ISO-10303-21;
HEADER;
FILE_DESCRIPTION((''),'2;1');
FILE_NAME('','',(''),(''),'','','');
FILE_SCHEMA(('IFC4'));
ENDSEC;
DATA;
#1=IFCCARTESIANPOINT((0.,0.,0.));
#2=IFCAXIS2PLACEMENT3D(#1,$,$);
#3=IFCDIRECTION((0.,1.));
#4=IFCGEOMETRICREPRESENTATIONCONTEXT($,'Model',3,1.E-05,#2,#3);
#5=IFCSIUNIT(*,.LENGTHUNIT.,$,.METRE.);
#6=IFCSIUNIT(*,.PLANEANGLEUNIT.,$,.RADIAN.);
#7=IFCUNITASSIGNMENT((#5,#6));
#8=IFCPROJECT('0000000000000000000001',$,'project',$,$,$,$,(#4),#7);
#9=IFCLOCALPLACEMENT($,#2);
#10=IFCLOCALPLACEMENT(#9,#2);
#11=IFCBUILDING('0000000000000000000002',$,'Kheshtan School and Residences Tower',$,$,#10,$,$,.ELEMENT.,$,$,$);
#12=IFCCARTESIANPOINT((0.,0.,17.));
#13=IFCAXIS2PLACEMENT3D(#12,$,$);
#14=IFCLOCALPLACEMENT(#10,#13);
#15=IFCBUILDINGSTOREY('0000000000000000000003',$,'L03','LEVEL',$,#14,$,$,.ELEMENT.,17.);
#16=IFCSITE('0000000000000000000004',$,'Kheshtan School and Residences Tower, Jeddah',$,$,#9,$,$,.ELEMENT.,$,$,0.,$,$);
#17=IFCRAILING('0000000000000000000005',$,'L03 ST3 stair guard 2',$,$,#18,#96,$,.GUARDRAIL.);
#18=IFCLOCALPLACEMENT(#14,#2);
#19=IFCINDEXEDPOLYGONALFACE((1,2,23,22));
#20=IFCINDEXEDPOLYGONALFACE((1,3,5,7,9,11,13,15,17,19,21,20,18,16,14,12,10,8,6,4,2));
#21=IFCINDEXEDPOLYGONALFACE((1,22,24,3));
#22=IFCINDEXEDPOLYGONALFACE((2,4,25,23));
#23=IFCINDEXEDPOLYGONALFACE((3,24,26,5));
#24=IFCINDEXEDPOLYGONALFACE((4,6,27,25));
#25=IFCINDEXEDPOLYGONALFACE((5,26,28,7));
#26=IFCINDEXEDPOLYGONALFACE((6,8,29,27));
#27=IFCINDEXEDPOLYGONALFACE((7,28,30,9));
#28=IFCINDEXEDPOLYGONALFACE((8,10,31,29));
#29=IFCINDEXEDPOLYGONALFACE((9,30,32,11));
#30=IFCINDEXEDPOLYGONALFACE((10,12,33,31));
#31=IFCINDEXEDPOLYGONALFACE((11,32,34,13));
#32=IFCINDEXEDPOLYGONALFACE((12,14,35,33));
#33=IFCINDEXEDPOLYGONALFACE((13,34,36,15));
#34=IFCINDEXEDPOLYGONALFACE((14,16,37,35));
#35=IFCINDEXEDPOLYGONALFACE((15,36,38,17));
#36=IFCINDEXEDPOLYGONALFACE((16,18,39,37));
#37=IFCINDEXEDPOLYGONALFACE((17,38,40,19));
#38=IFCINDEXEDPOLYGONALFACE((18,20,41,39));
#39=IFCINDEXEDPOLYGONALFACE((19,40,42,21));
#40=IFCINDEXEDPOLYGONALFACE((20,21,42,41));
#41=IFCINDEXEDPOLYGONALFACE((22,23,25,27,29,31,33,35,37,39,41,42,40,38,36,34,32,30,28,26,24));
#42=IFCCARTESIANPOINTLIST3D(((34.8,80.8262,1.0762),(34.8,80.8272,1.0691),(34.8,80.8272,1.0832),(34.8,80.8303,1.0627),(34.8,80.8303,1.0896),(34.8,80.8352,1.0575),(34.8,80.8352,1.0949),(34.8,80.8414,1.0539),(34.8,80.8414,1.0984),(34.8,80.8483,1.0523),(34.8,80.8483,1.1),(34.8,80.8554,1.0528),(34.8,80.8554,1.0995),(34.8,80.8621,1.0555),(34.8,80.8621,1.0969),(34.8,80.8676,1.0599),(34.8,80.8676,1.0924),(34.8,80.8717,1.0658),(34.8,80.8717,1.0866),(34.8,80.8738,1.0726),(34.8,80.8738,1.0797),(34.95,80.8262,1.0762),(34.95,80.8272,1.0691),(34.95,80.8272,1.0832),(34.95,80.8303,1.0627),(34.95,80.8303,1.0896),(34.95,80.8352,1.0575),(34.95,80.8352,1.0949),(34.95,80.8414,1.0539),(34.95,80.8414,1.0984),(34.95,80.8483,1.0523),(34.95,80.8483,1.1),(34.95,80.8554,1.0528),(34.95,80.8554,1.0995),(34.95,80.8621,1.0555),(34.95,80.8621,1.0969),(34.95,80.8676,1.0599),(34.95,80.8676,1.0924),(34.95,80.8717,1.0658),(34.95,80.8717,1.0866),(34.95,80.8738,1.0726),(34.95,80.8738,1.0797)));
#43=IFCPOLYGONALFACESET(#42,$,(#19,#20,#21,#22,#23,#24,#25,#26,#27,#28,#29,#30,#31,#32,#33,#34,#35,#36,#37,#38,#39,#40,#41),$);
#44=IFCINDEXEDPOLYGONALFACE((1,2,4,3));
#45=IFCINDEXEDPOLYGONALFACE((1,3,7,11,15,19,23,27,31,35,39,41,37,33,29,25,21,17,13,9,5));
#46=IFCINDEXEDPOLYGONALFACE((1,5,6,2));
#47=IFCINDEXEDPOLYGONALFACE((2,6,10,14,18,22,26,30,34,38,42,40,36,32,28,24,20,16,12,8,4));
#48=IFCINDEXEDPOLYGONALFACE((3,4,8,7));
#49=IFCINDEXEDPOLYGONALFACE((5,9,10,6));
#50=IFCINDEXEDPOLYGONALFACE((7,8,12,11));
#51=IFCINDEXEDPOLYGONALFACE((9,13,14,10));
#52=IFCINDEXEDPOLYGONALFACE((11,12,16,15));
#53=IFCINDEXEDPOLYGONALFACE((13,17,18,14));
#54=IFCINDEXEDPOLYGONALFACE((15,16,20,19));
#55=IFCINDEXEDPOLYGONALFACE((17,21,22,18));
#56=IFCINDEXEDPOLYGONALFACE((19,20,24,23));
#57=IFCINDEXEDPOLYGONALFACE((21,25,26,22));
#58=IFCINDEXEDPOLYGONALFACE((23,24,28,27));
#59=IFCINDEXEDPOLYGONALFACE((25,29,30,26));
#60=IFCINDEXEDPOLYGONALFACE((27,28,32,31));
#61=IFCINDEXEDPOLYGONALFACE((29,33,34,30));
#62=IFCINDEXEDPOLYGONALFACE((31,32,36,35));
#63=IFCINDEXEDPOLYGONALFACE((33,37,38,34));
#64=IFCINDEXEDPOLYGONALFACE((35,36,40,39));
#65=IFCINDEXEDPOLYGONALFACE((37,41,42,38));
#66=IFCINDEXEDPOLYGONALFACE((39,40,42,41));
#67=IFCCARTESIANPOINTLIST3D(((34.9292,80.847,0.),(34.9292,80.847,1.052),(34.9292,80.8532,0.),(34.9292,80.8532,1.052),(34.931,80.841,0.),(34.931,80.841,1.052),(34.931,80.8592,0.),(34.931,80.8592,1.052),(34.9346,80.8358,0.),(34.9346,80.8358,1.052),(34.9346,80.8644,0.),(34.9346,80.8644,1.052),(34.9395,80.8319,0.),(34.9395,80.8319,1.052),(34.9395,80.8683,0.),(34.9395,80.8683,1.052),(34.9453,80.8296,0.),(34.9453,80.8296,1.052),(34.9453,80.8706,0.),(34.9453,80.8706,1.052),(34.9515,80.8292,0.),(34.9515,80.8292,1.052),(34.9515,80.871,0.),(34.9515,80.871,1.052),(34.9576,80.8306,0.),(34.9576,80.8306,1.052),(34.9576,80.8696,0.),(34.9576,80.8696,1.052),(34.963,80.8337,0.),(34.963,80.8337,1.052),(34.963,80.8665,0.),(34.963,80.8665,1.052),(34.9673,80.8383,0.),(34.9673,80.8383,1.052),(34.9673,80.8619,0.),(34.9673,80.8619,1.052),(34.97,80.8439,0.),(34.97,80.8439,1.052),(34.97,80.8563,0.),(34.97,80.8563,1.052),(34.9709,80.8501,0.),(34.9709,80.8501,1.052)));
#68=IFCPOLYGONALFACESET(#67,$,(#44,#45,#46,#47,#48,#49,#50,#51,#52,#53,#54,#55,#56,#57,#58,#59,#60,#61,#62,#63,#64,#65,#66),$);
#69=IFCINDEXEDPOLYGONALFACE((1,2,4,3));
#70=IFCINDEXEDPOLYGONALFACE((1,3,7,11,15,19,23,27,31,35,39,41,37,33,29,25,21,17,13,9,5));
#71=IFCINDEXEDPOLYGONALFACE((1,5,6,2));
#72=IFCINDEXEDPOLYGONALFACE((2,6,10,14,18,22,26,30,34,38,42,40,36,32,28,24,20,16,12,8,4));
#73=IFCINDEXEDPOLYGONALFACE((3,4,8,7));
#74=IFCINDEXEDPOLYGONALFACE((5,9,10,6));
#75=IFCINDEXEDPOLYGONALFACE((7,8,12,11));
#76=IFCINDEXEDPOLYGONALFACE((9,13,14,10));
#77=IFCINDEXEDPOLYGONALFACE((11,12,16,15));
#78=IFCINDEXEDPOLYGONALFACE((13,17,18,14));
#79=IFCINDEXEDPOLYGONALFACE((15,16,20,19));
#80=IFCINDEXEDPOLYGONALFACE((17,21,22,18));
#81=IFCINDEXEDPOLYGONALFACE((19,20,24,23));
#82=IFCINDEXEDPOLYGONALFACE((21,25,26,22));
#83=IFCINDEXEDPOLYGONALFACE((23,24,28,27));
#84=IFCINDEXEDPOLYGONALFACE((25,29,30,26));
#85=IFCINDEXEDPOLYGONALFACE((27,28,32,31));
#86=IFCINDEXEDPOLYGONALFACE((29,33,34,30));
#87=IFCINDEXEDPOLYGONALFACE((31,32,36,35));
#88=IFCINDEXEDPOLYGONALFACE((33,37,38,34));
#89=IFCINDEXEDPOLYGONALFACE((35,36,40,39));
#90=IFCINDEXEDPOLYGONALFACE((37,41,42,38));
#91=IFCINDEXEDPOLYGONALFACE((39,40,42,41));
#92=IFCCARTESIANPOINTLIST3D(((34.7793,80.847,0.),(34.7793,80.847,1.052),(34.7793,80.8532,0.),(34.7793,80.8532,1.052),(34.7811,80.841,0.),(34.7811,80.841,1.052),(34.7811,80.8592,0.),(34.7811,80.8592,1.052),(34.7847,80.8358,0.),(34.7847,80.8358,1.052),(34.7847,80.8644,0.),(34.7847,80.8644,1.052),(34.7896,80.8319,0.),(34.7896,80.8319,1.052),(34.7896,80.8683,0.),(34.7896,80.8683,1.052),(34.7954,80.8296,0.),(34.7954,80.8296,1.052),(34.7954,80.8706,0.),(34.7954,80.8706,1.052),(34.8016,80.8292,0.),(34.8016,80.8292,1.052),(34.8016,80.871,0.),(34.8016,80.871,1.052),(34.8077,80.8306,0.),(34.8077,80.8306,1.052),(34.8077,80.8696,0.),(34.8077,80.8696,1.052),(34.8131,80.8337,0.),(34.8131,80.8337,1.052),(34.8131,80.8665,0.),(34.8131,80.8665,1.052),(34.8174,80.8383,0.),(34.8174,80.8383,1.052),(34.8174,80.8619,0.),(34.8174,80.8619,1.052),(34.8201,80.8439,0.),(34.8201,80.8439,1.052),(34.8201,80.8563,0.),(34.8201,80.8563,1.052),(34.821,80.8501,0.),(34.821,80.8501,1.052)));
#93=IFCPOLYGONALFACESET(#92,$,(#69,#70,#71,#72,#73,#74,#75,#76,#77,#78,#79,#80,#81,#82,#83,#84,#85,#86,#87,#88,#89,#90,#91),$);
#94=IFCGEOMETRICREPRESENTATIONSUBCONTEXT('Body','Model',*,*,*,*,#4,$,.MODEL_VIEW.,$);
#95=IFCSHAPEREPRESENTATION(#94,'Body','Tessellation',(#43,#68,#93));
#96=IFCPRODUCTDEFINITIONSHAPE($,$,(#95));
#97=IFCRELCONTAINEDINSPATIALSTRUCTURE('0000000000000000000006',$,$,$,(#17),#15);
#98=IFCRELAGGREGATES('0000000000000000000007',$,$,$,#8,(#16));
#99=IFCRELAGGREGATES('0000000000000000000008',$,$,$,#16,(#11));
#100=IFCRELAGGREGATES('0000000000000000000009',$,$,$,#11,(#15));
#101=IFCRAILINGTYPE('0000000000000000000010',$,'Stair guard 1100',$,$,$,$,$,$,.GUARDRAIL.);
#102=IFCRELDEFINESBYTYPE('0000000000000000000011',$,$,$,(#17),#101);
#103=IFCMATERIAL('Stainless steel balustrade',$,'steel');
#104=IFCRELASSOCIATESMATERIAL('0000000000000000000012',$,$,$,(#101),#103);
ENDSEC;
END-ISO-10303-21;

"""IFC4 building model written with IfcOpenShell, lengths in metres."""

from ifc_helpers import new_model, si_unit, direction, frame, origin, origin_2d, place, context, subcontext, project, spatial, circle, extrude, material, type_object, element, save


model = new_model("IFC4")

# Units and contexts
model_context = context("Model", 3, precision=1e-05, world=origin(), true_north=direction((0.0, 1.0)))
body_context = subcontext(model_context, "Body", "Model", "MODEL_VIEW")
ifc_project = project(units=[si_unit("LENGTHUNIT", "METRE"), si_unit("PLANEANGLEUNIT", "RADIAN")], contexts=[model_context])

# Site, building, storey
site_placement = place(None, origin())
site = spatial("IfcSite", under=ifc_project, at=site_placement, Name="Kheshtan School and Residences Tower, Jeddah", CompositionType="ELEMENT", RefElevation=0.0)
building_placement = place(site_placement, origin())
building = spatial("IfcBuilding", under=site, at=building_placement, Name="Kheshtan School and Residences Tower", CompositionType="ELEMENT")
storey_placement = place(building_placement, frame((0.0, 0.0, 17.0)))
storey = spatial("IfcBuildingStorey", under=building, at=storey_placement, Name="L03", Description="LEVEL", CompositionType="ELEMENT", Elevation=17.0)

# Railing
ifc_material_1 = material(Name="Stainless steel balustrade", Category="steel")
railing_type_1 = type_object("IfcRailingType", Name="Stair guard 1100", PredefinedType="GUARDRAIL", material=ifc_material_1)
railing_1_placement = place(storey_placement, frame((34.95, 80.8501, 0.0)))
element("IfcRailing", 1, at=railing_1_placement, inside=storey, type_object=railing_type_1, Name="L03 ST3 stair guard 2", PredefinedType="GUARDRAIL", context=body_context, shape_type="SweptSolid", body=[
    extrude(circle(Radius=0.0239, at=origin_2d()), frame((0.0, 0.0, 1.0762), z_axis=(-1.0, 0.0, 0.0), x_axis=(0.0, -1.0, 0.0)), (0.0, 0.0, 1.0), 0.1499),
    extrude(circle(Radius=0.021, at=origin_2d()), origin(), (0.0, 0.0, 1.0), 1.052),
    extrude(circle(Radius=0.021, at=origin_2d()), frame((-0.1499, 0.0, 0.0)), (0.0, 0.0, 1.0), 1.052),
])

save(model, "model.ifc")
